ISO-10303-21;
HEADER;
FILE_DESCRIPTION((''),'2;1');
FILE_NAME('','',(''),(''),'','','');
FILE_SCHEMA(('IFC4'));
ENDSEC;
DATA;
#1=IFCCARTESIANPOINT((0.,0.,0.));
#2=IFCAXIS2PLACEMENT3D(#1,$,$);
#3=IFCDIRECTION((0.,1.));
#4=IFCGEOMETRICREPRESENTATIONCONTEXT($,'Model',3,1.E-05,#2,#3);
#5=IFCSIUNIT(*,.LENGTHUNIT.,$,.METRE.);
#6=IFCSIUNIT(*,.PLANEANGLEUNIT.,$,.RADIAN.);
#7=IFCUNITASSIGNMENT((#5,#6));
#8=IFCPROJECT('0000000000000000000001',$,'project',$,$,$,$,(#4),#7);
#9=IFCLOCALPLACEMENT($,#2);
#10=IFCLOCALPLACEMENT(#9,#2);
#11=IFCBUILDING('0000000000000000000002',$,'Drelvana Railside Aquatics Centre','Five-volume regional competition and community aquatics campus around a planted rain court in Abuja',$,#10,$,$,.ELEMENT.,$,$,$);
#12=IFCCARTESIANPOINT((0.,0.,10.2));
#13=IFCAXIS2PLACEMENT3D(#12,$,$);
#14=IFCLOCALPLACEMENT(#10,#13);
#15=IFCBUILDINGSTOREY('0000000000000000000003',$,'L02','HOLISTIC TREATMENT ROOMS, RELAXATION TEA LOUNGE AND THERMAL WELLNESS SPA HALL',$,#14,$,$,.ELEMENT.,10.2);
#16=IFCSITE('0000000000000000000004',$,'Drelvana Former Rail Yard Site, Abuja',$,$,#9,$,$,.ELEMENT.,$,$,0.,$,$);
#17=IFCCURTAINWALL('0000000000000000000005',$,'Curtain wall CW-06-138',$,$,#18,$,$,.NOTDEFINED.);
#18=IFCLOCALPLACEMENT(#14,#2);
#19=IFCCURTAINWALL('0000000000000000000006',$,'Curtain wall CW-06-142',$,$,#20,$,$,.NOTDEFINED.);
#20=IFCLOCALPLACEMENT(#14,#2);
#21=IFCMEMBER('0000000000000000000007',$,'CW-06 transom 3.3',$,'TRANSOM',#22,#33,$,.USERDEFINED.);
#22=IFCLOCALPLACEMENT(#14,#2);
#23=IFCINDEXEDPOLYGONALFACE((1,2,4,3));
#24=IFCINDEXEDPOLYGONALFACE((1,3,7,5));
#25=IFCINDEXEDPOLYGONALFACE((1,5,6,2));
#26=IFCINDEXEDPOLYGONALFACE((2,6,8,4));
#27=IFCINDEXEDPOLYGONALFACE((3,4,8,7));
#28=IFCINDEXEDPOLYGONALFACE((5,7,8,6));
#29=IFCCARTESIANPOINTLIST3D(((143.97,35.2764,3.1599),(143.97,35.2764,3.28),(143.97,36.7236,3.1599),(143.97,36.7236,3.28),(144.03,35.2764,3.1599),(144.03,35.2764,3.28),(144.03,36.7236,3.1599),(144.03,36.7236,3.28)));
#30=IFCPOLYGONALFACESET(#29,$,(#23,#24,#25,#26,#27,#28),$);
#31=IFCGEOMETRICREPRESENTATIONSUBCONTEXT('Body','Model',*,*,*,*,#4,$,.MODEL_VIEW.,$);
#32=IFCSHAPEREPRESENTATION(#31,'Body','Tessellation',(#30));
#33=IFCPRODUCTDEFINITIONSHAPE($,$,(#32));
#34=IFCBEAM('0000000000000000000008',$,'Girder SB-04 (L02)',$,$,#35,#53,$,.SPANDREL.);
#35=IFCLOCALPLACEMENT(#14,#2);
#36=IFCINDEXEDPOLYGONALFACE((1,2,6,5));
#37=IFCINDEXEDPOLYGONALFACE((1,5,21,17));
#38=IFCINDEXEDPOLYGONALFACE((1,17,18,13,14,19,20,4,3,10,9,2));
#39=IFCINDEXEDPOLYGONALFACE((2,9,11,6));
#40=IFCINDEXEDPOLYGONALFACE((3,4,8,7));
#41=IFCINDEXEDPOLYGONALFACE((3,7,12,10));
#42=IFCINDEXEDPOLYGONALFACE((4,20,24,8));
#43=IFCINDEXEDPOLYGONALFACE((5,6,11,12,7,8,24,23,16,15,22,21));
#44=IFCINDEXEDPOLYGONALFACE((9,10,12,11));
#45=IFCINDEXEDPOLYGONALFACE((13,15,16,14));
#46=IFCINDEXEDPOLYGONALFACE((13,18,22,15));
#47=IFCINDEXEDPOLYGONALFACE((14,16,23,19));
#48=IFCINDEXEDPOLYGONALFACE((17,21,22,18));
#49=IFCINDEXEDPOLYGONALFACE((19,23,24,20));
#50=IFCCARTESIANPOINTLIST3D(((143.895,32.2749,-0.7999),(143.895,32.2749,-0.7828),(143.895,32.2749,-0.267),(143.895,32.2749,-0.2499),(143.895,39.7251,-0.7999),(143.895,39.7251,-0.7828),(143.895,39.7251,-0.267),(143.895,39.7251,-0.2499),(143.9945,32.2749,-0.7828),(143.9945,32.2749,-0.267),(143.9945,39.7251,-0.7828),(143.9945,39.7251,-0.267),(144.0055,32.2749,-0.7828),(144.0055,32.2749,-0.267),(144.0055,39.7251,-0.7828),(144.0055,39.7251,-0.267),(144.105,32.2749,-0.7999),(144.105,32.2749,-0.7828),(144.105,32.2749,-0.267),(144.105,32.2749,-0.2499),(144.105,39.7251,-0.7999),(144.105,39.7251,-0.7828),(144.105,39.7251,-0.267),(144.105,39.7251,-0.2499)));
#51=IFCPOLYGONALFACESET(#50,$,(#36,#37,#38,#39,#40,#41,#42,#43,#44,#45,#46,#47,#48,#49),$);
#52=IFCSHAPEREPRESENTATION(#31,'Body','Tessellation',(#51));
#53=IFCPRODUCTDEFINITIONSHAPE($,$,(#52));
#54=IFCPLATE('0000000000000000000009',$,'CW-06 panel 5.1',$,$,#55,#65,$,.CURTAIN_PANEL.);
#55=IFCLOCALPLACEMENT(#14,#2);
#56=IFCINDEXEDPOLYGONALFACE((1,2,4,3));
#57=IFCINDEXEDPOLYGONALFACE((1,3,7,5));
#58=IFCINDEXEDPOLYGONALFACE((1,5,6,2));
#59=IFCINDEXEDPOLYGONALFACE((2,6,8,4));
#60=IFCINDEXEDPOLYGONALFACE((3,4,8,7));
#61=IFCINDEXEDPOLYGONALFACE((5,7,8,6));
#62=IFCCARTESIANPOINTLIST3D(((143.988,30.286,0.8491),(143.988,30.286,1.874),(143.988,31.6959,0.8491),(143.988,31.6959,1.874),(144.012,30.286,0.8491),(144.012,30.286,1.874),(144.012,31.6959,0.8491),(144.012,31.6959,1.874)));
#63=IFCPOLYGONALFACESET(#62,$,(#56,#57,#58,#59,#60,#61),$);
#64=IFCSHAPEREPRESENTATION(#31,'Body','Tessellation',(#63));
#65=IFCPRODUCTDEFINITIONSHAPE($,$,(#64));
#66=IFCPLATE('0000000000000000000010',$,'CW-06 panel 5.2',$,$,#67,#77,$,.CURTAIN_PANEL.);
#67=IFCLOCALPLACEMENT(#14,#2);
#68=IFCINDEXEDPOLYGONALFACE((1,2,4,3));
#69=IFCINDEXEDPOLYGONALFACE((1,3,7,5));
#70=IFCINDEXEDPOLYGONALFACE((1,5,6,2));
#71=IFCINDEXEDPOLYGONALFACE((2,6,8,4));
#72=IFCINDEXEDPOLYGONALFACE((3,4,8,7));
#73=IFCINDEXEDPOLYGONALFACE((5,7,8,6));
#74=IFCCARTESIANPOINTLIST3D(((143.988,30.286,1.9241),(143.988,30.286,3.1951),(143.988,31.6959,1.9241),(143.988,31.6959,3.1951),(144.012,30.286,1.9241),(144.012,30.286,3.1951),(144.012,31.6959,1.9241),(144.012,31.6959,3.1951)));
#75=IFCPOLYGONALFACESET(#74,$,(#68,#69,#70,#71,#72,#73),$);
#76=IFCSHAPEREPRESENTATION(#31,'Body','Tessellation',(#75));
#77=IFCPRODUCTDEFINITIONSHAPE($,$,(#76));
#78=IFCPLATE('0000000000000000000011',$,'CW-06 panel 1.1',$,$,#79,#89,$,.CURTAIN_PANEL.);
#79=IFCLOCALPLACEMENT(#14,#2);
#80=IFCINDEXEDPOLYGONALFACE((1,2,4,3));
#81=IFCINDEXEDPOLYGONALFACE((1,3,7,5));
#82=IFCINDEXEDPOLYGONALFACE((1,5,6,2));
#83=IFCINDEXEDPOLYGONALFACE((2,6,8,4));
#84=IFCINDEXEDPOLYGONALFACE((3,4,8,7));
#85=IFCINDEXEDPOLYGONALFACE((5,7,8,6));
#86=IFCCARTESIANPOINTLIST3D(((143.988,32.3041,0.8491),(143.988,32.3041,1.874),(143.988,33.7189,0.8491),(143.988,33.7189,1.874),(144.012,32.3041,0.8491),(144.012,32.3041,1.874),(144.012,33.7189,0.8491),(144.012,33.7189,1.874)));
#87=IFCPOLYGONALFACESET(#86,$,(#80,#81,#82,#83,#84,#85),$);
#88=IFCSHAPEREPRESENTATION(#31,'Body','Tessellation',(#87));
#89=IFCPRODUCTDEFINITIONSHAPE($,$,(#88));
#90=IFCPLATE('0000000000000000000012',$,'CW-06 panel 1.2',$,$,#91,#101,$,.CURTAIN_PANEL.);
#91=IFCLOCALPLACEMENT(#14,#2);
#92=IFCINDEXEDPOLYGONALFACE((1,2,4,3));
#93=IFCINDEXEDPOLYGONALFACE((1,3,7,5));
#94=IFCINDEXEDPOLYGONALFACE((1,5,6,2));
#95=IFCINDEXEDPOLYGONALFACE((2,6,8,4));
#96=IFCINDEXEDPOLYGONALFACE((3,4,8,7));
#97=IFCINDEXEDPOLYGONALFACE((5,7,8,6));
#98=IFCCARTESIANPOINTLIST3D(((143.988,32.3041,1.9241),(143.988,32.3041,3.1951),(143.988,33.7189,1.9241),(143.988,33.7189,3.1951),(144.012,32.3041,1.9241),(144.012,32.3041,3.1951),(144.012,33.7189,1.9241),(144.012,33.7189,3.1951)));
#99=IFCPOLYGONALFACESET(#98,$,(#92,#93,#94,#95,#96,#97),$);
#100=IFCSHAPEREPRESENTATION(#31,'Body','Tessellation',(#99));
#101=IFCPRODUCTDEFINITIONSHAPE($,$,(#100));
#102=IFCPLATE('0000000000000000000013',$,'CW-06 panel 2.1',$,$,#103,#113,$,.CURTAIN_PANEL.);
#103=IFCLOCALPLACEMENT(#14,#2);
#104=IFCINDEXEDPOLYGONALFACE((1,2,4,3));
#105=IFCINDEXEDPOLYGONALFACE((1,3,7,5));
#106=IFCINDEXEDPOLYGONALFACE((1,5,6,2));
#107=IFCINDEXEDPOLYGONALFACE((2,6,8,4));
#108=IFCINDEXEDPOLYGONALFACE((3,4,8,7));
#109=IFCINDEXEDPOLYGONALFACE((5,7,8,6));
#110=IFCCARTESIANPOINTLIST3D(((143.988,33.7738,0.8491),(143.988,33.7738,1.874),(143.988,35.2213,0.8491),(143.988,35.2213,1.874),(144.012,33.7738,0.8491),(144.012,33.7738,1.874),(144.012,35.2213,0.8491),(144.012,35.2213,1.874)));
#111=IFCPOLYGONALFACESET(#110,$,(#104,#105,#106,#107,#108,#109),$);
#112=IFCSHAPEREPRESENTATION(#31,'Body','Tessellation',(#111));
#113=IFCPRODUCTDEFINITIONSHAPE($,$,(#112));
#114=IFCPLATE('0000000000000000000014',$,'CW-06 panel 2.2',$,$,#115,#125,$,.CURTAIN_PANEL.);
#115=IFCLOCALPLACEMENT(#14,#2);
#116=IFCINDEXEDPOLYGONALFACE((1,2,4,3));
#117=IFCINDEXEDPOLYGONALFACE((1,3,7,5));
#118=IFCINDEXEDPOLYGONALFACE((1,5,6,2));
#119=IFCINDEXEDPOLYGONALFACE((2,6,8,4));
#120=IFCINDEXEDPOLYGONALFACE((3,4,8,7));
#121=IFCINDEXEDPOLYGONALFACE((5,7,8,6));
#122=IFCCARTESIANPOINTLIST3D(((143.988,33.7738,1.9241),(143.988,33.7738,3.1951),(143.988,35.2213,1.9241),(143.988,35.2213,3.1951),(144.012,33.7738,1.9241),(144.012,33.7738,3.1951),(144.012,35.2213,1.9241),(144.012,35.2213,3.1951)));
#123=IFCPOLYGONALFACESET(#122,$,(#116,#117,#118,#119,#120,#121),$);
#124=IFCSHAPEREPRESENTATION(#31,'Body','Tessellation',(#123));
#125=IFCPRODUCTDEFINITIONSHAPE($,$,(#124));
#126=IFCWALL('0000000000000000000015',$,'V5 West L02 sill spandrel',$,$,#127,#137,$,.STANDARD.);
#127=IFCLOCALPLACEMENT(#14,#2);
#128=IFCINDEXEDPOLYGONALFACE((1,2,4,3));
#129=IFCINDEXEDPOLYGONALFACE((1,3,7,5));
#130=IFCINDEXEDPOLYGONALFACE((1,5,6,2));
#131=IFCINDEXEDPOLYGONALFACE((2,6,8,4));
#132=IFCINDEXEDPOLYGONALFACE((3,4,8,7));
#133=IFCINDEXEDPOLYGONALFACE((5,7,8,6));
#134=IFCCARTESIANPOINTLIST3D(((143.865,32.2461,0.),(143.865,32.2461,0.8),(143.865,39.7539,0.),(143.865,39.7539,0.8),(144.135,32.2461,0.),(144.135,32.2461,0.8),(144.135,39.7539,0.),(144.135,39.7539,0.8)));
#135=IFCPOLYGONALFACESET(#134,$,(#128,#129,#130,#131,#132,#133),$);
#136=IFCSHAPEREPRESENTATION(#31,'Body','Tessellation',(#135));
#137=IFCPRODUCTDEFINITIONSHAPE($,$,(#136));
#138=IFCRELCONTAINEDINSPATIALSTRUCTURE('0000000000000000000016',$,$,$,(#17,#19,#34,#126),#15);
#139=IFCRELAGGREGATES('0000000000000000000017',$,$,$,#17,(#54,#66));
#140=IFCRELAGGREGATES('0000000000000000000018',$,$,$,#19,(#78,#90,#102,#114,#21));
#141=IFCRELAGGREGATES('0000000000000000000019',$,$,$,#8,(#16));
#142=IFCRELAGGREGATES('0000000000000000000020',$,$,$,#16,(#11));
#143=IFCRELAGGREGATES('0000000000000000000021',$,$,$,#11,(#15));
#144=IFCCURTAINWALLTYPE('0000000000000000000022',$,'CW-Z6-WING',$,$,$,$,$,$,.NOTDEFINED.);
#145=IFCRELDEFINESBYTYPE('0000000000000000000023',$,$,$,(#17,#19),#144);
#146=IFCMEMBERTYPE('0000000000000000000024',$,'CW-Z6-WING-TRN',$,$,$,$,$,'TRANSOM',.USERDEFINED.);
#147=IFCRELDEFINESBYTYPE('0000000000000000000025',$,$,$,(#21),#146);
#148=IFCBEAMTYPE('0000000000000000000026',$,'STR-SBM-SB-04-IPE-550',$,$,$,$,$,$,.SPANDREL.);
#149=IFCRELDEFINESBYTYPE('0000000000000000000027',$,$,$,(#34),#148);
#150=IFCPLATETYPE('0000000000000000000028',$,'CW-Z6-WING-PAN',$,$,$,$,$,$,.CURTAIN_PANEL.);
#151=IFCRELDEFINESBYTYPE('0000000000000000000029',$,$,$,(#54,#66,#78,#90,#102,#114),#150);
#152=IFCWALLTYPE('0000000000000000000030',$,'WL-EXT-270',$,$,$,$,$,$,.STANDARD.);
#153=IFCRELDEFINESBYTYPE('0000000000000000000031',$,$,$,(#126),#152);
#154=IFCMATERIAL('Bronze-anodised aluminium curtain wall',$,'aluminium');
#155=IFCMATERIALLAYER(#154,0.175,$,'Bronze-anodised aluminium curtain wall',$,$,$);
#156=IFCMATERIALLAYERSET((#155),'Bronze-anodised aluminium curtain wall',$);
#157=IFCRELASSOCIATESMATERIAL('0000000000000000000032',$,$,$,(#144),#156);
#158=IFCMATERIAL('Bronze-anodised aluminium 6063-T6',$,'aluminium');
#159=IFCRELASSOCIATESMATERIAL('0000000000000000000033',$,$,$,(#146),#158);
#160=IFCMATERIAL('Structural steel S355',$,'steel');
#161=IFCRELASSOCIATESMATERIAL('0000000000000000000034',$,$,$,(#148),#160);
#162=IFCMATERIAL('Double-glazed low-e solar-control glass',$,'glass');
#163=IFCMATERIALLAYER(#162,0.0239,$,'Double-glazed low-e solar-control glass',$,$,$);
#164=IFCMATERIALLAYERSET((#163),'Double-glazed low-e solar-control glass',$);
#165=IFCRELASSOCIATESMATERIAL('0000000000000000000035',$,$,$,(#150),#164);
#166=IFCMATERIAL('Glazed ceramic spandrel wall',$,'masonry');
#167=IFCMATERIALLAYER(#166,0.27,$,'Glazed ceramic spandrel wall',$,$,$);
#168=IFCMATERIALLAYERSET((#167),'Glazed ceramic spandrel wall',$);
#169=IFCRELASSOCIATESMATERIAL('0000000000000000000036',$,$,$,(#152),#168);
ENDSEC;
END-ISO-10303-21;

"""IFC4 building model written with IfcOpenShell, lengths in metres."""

from ifc_helpers import new_model, si_unit, direction, frame, frame_2d, origin, origin_2d, place, context, subcontext, project, spatial, rectangle, i_section, extrude, material, layer, layer_set, material_profile, profile_set, type_object, element, aggregate, save


model = new_model("IFC4")

# Units and contexts
model_context = context("Model", 3, precision=1e-05, world=origin(), true_north=direction((0.0, 1.0)))
body_context = subcontext(model_context, "Body", "Model", "MODEL_VIEW")
ifc_project = project(units=[si_unit("LENGTHUNIT", "METRE"), si_unit("PLANEANGLEUNIT", "RADIAN")], contexts=[model_context])

# Site, building, storey
site_placement = place(None, origin())
site = spatial("IfcSite", under=ifc_project, at=site_placement, Name="Drelvana Former Rail Yard Site, Abuja", CompositionType="ELEMENT", RefElevation=0.0)
building_placement = place(site_placement, origin())
building = spatial("IfcBuilding", under=site, at=building_placement, Name="Drelvana Railside Aquatics Centre", Description="Five-volume regional competition and community aquatics campus around a planted rain court in Abuja", CompositionType="ELEMENT")
storey_placement = place(building_placement, frame((0.0, 0.0, 10.2)))
storey = spatial("IfcBuildingStorey", under=building, at=storey_placement, Name="L02", Description="HOLISTIC TREATMENT ROOMS, RELAXATION TEA LOUNGE AND THERMAL WELLNESS SPA HALL", CompositionType="ELEMENT", Elevation=10.2)

# Curtain wall
ifc_material_1 = material(Name="Bronze-anodised aluminium curtain wall", Category="aluminium")
ifc_layer_1 = layer(ifc_material_1, 0.175, Name="Bronze-anodised aluminium curtain wall")
ifc_layer_set_1 = layer_set([ifc_layer_1], Name="Bronze-anodised aluminium curtain wall")
curtain_wall_type = type_object("IfcCurtainWallType", Name="CW-Z6-WING", PredefinedType="NOTDEFINED", material=ifc_layer_set_1)
curtain_wall_1_placement = place(storey_placement, origin())
curtain_wall_1 = element("IfcCurtainWall", 1, at=curtain_wall_1_placement, inside=storey, type_object=curtain_wall_type, Name="Curtain wall CW-06-138", PredefinedType="NOTDEFINED")
ifc_material_2 = material(Name="Bronze-anodised aluminium 6063-T6", Category="aluminium")

# Curtain wall
curtain_wall_2_placement = place(storey_placement, origin())
curtain_wall_2 = element("IfcCurtainWall", 2, at=curtain_wall_2_placement, inside=storey, type_object=curtain_wall_type, Name="Curtain wall CW-06-142", PredefinedType="NOTDEFINED")

# Member
ifc_material_profile_1 = material_profile(ifc_material_2, rectangle(XDim=0.1201, YDim=0.0601, at=origin_2d()), Name="ALU-T 60x120")
ifc_profile_set_1 = profile_set([ifc_material_profile_1], Name="Bronze-anodised aluminium 6063-T6")
member_type_1 = type_object("IfcMemberType", Name="CW-Z6-WING-TRN", ElementType="TRANSOM", PredefinedType="USERDEFINED", material=ifc_profile_set_1)
member_1_placement = place(storey_placement, frame((144.0, 35.2764, 3.22), z_axis=(0.0, 1.0, 0.0), x_axis=(0.0, 0.0, 1.0)))
member_1 = element("IfcMember", 3, at=member_1_placement, type_object=member_type_1, Name="CW-06 transom 3.3", ObjectType="TRANSOM", PredefinedType="USERDEFINED", context=body_context, shape_type="SweptSolid", body=[
    extrude(rectangle(XDim=0.1201, YDim=0.0601, at=origin_2d()), origin(), (0.0, 0.0, 1.0), 1.4473),
])

# Beam
ifc_material_3 = material(Name="Structural steel S355", Category="steel")
ifc_material_profile_2 = material_profile(ifc_material_3, i_section(OverallWidth=0.21, OverallDepth=0.55, WebThickness=0.011, FlangeThickness=0.0171, at=origin_2d()), Name="IPE 550")
ifc_profile_set_2 = profile_set([ifc_material_profile_2], Name="Structural steel S355")
beam_type = type_object("IfcBeamType", Name="STR-SBM-SB-04-IPE-550", PredefinedType="SPANDREL", material=ifc_profile_set_2)
beam_placement = place(storey_placement, frame((144.0, 32.2749, -0.5249), z_axis=(0.0, 1.0, 0.0), x_axis=(-1.0, 0.0, 0.0)))
element("IfcBeam", 4, at=beam_placement, inside=storey, type_object=beam_type, Name="Girder SB-04 (L02)", PredefinedType="SPANDREL", context=body_context, shape_type="SweptSolid", body=[
    extrude(i_section(OverallWidth=0.21, OverallDepth=0.55, WebThickness=0.011, FlangeThickness=0.0171, at=origin_2d()), origin(), (0.0, 0.0, 1.0), 7.4502),
])

# Plates
ifc_material_4 = material(Name="Double-glazed low-e solar-control glass", Category="glass")
ifc_layer_2 = layer(ifc_material_4, 0.0239, Name="Double-glazed low-e solar-control glass")
ifc_layer_set_2 = layer_set([ifc_layer_2], Name="Double-glazed low-e solar-control glass")
plate_type = type_object("IfcPlateType", Name="CW-Z6-WING-PAN", PredefinedType="CURTAIN_PANEL", material=ifc_layer_set_2)
plate_1_placement = place(storey_placement, frame((144.0, 30.991, 0.8491), z_axis=(0.0, 0.0, 1.0), x_axis=(0.0, 1.0, 0.0)))
plate_1 = element("IfcPlate", 5, at=plate_1_placement, type_object=plate_type, Name="CW-06 panel 5.1", PredefinedType="CURTAIN_PANEL", context=body_context, shape_type="SweptSolid", body=[
    extrude(rectangle(XDim=1.4099, YDim=0.0239, at=origin_2d()), origin(), (0.0, 0.0, 1.0), 1.0249),
])
plate_2_placement = place(storey_placement, frame((144.0, 30.991, 1.9241), z_axis=(0.0, 0.0, 1.0), x_axis=(0.0, 1.0, 0.0)))
plate_2 = element("IfcPlate", 6, at=plate_2_placement, type_object=plate_type, Name="CW-06 panel 5.2", PredefinedType="CURTAIN_PANEL", context=body_context, shape_type="SweptSolid", body=[
    extrude(rectangle(XDim=1.4099, YDim=0.0239, at=origin_2d()), origin(), (0.0, 0.0, 1.0), 1.271),
])
aggregate(curtain_wall_1, [plate_1, plate_2])
plate_3_placement = place(storey_placement, frame((144.0, 33.0115, 0.8491), z_axis=(0.0, 0.0, 1.0), x_axis=(0.0, 1.0, 0.0)))
plate_3 = element("IfcPlate", 7, at=plate_3_placement, type_object=plate_type, Name="CW-06 panel 1.1", PredefinedType="CURTAIN_PANEL", context=body_context, shape_type="SweptSolid", body=[
    extrude(rectangle(XDim=1.4148, YDim=0.0239, at=origin_2d()), origin(), (0.0, 0.0, 1.0), 1.0249),
])
plate_4_placement = place(storey_placement, frame((144.0, 33.0115, 1.9241), z_axis=(0.0, 0.0, 1.0), x_axis=(0.0, 1.0, 0.0)))
plate_4 = element("IfcPlate", 8, at=plate_4_placement, type_object=plate_type, Name="CW-06 panel 1.2", PredefinedType="CURTAIN_PANEL", context=body_context, shape_type="SweptSolid", body=[
    extrude(rectangle(XDim=1.4148, YDim=0.0239, at=origin_2d()), origin(), (0.0, 0.0, 1.0), 1.271),
])
plate_5_placement = place(storey_placement, frame((144.0, 34.4976, 0.8491), z_axis=(0.0, 0.0, 1.0), x_axis=(0.0, 1.0, 0.0)))
plate_5 = element("IfcPlate", 9, at=plate_5_placement, type_object=plate_type, Name="CW-06 panel 2.1", PredefinedType="CURTAIN_PANEL", context=body_context, shape_type="SweptSolid", body=[
    extrude(rectangle(XDim=1.4475, YDim=0.0239, at=origin_2d()), origin(), (0.0, 0.0, 1.0), 1.0249),
])
plate_6_placement = place(storey_placement, frame((144.0, 34.4976, 1.9241), z_axis=(0.0, 0.0, 1.0), x_axis=(0.0, 1.0, 0.0)))
plate_6 = element("IfcPlate", 10, at=plate_6_placement, type_object=plate_type, Name="CW-06 panel 2.2", PredefinedType="CURTAIN_PANEL", context=body_context, shape_type="SweptSolid", body=[
    extrude(rectangle(XDim=1.4475, YDim=0.0239, at=origin_2d()), origin(), (0.0, 0.0, 1.0), 1.271),
])
aggregate(curtain_wall_2, [plate_3, plate_4, plate_5, plate_6, member_1])

# Wall
ifc_material_5 = material(Name="Glazed ceramic spandrel wall", Category="masonry")
ifc_layer_3 = layer(ifc_material_5, 0.27, Name="Glazed ceramic spandrel wall")
ifc_layer_set_3 = layer_set([ifc_layer_3], Name="Glazed ceramic spandrel wall")
wall_type = type_object("IfcWallType", Name="WL-EXT-270", PredefinedType="STANDARD", material=ifc_layer_set_3)
wall_placement = place(storey_placement, frame((144.0, 32.2461, 0.0), z_axis=(0.0, 0.0, 1.0), x_axis=(0.0, 1.0, 0.0)))
element("IfcWall", 11, at=wall_placement, inside=storey, type_object=wall_type, Name="V5 West L02 sill spandrel", PredefinedType="STANDARD", context=body_context, shape_type="SweptSolid", body=[
    extrude(rectangle(XDim=7.5078, YDim=0.27, at=frame_2d((3.7539, 0.0))), origin(), (0.0, 0.0, 1.0), 0.8),
])

save(model, "model.ifc")
